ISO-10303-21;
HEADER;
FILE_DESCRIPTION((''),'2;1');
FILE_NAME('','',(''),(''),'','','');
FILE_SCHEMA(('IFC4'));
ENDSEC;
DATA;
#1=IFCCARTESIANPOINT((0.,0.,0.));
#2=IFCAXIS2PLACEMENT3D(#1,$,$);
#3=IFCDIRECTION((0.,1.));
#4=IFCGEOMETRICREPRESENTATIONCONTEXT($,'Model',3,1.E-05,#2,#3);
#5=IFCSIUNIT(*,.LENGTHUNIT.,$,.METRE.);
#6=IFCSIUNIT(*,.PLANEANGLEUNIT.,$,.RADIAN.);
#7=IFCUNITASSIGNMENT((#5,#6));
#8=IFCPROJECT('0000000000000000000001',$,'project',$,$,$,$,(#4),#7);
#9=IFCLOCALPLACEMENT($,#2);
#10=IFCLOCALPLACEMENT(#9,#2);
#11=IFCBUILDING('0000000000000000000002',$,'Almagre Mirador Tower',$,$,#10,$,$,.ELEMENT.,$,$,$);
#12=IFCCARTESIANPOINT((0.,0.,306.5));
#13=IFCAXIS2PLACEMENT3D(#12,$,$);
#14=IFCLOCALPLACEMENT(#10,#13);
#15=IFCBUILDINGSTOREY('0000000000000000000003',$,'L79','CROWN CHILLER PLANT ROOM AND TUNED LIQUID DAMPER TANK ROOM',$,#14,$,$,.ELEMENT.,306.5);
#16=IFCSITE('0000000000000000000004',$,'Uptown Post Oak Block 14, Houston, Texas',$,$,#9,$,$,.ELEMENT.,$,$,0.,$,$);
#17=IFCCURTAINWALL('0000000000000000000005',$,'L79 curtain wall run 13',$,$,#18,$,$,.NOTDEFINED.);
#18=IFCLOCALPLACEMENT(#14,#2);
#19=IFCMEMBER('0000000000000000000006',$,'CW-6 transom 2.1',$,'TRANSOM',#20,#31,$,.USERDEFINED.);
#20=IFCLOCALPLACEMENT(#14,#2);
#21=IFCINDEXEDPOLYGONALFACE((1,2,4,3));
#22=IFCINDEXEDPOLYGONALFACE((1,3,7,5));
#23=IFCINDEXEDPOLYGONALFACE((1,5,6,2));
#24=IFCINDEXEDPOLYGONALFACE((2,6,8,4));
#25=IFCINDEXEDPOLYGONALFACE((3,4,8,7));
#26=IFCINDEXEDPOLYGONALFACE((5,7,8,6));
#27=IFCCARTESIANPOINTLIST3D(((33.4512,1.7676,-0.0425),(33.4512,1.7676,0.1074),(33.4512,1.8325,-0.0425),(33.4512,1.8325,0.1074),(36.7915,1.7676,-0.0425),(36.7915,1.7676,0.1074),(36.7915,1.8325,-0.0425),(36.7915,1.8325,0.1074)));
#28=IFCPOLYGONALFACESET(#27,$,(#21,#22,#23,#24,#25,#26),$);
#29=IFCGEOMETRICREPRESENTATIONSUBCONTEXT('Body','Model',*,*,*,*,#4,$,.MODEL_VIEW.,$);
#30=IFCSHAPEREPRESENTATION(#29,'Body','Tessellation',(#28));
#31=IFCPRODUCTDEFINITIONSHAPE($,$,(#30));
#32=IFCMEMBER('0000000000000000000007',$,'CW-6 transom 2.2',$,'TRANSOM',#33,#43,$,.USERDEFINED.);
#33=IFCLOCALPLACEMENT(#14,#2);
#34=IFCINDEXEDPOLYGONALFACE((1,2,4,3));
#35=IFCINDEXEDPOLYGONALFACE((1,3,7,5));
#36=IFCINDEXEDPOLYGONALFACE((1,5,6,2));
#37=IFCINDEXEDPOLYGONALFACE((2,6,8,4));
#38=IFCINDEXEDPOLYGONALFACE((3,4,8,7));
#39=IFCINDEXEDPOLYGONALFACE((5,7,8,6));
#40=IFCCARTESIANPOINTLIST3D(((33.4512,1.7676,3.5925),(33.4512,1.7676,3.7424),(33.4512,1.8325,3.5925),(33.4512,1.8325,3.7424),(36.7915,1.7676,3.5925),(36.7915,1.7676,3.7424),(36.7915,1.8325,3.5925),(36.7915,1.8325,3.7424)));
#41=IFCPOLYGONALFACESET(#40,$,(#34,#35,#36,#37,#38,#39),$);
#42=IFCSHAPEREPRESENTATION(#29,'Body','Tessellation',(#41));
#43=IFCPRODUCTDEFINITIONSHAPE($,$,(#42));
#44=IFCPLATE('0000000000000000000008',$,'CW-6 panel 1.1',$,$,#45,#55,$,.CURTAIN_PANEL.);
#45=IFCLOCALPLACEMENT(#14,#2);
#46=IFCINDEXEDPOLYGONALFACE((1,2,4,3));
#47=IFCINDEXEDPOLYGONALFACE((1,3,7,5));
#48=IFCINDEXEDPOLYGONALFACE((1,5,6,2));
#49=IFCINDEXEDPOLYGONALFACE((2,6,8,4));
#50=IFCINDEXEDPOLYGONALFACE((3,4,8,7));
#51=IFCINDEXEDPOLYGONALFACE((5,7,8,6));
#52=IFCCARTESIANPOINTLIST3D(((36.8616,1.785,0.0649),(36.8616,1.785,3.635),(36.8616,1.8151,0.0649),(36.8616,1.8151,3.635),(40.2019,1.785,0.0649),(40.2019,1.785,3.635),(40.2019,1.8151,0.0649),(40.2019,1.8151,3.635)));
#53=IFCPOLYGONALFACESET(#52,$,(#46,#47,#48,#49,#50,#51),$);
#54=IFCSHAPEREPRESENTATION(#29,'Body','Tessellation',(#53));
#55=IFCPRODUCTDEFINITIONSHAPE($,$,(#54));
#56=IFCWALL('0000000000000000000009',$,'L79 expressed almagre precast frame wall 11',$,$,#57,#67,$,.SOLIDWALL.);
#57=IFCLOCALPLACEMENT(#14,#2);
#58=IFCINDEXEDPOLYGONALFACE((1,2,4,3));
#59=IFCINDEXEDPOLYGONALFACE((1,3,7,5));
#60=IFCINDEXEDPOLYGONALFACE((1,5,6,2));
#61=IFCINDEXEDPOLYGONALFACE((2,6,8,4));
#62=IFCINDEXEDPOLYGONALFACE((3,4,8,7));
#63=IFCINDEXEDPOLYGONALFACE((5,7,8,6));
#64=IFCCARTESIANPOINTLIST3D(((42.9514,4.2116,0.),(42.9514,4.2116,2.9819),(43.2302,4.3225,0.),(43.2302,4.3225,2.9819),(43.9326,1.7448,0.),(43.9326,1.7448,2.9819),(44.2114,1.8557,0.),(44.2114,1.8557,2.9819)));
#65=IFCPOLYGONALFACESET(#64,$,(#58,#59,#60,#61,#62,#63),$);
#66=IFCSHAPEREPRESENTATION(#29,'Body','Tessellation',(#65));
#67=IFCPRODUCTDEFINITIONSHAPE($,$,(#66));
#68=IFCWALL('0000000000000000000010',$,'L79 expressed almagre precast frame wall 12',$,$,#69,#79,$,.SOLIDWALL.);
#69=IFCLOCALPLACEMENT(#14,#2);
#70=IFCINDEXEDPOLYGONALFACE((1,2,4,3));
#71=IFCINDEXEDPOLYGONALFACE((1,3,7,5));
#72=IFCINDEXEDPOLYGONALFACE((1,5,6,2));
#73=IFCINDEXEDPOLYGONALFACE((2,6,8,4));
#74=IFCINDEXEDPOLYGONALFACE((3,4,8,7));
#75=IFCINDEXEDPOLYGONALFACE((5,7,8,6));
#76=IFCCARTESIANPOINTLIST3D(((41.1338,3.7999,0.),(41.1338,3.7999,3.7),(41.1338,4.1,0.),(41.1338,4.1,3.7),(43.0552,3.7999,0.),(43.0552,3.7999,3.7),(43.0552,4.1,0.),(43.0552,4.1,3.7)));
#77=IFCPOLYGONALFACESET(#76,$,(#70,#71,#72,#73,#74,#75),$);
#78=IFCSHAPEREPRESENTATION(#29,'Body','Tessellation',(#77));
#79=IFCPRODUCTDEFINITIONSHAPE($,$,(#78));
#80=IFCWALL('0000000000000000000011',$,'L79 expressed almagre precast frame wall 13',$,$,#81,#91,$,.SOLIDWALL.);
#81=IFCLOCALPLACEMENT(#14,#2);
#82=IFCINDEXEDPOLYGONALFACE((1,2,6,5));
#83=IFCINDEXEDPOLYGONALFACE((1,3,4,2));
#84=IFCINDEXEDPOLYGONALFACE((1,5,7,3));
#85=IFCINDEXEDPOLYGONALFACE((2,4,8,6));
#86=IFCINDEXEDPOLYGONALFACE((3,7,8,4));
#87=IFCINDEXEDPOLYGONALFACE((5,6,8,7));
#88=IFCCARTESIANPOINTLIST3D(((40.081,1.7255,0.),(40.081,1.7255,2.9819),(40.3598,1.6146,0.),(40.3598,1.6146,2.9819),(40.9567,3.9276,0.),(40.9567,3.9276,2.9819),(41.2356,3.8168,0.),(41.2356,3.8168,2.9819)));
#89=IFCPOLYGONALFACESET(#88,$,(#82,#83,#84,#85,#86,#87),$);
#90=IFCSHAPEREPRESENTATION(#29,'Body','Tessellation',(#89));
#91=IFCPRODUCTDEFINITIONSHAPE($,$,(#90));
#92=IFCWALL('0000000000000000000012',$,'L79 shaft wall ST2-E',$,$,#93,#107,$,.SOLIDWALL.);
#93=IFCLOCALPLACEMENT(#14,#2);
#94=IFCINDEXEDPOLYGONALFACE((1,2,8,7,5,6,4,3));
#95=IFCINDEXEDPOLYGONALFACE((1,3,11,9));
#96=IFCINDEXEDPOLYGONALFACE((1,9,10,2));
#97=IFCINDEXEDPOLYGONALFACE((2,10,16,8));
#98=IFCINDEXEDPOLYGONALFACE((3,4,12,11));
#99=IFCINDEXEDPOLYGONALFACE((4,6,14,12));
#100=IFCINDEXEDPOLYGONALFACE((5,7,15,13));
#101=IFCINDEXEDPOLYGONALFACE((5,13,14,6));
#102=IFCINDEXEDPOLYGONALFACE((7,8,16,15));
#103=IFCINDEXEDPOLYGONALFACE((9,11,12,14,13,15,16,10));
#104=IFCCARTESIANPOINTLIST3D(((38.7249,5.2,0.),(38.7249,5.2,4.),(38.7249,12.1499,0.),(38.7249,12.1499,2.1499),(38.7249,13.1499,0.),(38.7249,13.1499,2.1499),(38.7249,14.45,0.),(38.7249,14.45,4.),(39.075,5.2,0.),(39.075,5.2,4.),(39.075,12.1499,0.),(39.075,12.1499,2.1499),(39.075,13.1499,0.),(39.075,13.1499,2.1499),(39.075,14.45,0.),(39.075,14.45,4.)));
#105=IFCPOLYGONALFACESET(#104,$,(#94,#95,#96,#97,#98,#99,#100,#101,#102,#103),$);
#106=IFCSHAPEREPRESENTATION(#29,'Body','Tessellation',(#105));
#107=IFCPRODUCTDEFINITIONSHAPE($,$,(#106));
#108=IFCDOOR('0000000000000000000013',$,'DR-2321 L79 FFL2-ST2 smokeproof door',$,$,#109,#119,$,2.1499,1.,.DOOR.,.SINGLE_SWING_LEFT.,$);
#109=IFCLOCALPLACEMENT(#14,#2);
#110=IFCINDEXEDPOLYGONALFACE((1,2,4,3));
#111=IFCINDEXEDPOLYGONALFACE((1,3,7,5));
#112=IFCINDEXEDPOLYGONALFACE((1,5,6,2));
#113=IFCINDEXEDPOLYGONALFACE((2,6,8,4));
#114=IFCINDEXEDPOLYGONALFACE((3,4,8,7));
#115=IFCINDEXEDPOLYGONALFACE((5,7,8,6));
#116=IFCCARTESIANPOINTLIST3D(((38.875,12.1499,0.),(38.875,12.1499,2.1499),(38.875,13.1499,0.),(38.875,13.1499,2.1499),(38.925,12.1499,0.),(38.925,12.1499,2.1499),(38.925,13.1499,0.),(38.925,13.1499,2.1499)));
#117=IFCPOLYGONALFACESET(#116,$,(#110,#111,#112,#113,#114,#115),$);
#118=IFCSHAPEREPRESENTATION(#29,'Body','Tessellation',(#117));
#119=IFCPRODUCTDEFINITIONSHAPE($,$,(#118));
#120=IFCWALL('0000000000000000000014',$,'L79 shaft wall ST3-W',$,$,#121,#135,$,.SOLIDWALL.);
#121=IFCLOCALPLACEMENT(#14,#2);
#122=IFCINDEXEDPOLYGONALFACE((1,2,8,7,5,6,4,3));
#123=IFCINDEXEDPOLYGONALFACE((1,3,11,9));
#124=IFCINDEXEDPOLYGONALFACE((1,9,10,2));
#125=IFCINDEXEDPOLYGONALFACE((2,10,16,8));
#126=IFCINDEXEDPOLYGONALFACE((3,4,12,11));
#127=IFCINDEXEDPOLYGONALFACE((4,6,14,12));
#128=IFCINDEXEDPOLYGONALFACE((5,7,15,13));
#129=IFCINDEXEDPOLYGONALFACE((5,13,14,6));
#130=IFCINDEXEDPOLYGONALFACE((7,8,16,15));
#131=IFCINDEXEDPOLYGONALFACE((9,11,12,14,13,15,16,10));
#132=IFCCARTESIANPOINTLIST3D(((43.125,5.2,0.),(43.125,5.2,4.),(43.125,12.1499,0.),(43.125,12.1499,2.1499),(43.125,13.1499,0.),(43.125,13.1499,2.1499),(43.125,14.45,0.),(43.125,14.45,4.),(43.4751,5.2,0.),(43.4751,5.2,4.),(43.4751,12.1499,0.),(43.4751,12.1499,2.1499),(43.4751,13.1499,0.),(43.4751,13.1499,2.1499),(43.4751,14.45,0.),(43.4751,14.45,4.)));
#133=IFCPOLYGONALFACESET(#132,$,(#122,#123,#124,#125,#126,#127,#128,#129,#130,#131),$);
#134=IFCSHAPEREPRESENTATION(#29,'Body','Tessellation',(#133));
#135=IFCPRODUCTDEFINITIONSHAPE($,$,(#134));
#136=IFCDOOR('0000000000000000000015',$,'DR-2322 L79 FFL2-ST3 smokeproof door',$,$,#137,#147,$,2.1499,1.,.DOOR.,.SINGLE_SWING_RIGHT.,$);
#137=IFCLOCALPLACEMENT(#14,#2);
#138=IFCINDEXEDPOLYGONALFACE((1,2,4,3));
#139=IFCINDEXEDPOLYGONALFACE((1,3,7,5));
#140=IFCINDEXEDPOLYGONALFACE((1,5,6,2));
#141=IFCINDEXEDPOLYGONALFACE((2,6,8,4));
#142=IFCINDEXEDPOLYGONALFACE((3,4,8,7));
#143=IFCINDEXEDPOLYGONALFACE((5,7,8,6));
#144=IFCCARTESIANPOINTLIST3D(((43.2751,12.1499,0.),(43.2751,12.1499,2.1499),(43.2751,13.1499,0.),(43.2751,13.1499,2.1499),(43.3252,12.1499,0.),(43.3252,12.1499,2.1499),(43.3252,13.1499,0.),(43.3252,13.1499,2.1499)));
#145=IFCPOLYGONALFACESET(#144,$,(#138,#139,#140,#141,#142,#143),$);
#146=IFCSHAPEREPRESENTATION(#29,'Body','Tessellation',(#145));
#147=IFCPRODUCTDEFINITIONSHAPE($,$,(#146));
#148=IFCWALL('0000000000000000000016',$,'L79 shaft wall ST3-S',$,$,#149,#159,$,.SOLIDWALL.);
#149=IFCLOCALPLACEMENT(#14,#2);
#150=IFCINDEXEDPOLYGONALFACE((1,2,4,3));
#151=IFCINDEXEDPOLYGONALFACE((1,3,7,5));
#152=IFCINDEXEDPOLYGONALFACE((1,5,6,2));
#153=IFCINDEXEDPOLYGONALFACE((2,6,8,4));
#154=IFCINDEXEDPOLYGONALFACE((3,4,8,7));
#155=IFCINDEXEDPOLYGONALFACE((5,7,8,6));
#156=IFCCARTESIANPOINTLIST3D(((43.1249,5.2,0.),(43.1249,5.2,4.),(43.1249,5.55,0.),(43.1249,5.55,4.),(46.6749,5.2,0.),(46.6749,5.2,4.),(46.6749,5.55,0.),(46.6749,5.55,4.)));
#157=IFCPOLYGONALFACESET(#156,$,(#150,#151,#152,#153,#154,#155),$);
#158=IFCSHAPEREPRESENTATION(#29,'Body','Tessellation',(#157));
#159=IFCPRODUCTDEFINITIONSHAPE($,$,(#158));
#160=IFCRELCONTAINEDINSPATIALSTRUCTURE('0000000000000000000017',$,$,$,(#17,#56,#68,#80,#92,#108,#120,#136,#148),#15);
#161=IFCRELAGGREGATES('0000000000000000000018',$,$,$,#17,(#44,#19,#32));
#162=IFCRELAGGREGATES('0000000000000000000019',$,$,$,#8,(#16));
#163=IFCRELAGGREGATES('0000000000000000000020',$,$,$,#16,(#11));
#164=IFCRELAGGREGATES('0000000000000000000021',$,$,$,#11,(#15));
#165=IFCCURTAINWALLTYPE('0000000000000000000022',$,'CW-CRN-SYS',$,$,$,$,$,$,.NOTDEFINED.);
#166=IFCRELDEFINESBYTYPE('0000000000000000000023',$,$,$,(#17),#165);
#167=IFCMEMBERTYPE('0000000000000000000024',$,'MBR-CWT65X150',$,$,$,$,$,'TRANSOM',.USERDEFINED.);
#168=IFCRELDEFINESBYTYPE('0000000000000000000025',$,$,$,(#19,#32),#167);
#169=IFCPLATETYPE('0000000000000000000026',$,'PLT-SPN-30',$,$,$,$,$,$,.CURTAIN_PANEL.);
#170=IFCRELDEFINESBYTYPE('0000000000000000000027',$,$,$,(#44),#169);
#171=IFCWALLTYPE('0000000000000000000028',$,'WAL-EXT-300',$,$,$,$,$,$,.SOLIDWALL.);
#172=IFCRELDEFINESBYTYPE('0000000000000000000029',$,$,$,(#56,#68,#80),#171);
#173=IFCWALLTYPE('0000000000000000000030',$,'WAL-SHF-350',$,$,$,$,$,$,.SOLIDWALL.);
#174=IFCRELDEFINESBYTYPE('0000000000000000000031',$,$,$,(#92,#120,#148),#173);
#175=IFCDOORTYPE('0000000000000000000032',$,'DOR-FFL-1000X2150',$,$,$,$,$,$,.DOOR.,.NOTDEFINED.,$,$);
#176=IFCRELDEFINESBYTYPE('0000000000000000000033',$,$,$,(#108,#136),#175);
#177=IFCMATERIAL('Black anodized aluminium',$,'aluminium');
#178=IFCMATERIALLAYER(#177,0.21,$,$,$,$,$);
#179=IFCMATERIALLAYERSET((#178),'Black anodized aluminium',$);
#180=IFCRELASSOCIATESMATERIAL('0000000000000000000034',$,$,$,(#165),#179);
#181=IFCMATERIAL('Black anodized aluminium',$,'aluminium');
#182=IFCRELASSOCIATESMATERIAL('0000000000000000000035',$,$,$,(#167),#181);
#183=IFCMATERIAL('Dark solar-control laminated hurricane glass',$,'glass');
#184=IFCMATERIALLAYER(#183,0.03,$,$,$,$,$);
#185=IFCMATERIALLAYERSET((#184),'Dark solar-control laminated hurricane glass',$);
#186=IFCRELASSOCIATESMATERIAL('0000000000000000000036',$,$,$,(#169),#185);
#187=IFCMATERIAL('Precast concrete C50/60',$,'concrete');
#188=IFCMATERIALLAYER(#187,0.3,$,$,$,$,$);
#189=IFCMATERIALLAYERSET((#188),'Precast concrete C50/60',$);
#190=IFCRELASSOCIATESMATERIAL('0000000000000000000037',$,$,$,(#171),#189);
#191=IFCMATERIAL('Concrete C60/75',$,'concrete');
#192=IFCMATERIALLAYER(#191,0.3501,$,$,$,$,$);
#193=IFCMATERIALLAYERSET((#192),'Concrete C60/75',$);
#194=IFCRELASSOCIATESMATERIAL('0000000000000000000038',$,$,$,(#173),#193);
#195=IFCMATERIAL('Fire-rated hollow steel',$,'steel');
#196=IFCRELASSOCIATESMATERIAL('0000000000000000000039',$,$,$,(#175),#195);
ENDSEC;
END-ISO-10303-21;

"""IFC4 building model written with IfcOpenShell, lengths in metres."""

from ifc_helpers import new_model, si_unit, direction, frame, frame_2d, origin, origin_2d, place, context, subcontext, project, spatial, rectangle, extrude, material, layer, layer_set, material_profile, profile_set, type_object, element, fill, aggregate, save


model = new_model("IFC4")

# Units and contexts
model_context = context("Model", 3, precision=1e-05, world=origin(), true_north=direction((0.0, 1.0)))
body_context = subcontext(model_context, "Body", "Model", "MODEL_VIEW")
ifc_project = project(units=[si_unit("LENGTHUNIT", "METRE"), si_unit("PLANEANGLEUNIT", "RADIAN")], contexts=[model_context])

# Site, building, storey
site_placement = place(None, origin())
site = spatial("IfcSite", under=ifc_project, at=site_placement, Name="Uptown Post Oak Block 14, Houston, Texas", CompositionType="ELEMENT", RefElevation=0.0)
building_placement = place(site_placement, origin())
building = spatial("IfcBuilding", under=site, at=building_placement, Name="Almagre Mirador Tower", CompositionType="ELEMENT")
storey_placement = place(building_placement, frame((0.0, 0.0, 306.5)))
storey = spatial("IfcBuildingStorey", under=building, at=storey_placement, Name="L79", Description="CROWN CHILLER PLANT ROOM AND TUNED LIQUID DAMPER TANK ROOM", CompositionType="ELEMENT", Elevation=306.5)

# Shared definitions
ifc_material_1 = material(Name="Black anodized aluminium", Category="aluminium")
ifc_layer_1 = layer(ifc_material_1, 0.21)
ifc_layer_set_1 = layer_set([ifc_layer_1], Name="Black anodized aluminium")
curtain_wall_type = type_object("IfcCurtainWallType", Name="CW-CRN-SYS", PredefinedType="NOTDEFINED", material=ifc_layer_set_1)

# Curtain wall, members, plate
curtain_wall_1_placement = place(storey_placement, origin())
curtain_wall_1 = element("IfcCurtainWall", 1, at=curtain_wall_1_placement, inside=storey, type_object=curtain_wall_type, Name="L79 curtain wall run 13", PredefinedType="NOTDEFINED")
ifc_material_2 = material(Name="Black anodized aluminium", Category="aluminium")
ifc_material_profile_1 = material_profile(ifc_material_2, rectangle(XDim=0.0649, YDim=0.1499, at=origin_2d()), Name="CWT65X150")
ifc_profile_set_1 = profile_set([ifc_material_profile_1], Name="Black anodized aluminium")
member_type_1 = type_object("IfcMemberType", Name="MBR-CWT65X150", ElementType="TRANSOM", PredefinedType="USERDEFINED", material=ifc_profile_set_1)
member_1_placement = place(storey_placement, frame((36.7915, 1.8, 0.0325), z_axis=(-1.0, 0.0, 0.0), x_axis=(0.0, -1.0, 0.0)))
member_1 = element("IfcMember", 2, at=member_1_placement, type_object=member_type_1, Name="CW-6 transom 2.1", ObjectType="TRANSOM", PredefinedType="USERDEFINED", context=body_context, shape_type="SweptSolid", body=[
    extrude(rectangle(XDim=0.0649, YDim=0.1499, at=origin_2d()), origin(), (0.0, 0.0, 1.0), 3.3403),
])
member_2_placement = place(storey_placement, frame((36.7915, 1.8, 3.6675), z_axis=(-1.0, 0.0, 0.0), x_axis=(0.0, -1.0, 0.0)))
member_2 = element("IfcMember", 3, at=member_2_placement, type_object=member_type_1, Name="CW-6 transom 2.2", ObjectType="TRANSOM", PredefinedType="USERDEFINED", context=body_context, shape_type="SweptSolid", body=[
    extrude(rectangle(XDim=0.0649, YDim=0.1499, at=origin_2d()), origin(), (0.0, 0.0, 1.0), 3.3403),
])
ifc_material_3 = material(Name="Dark solar-control laminated hurricane glass", Category="glass")
ifc_layer_2 = layer(ifc_material_3, 0.03)
ifc_layer_set_2 = layer_set([ifc_layer_2], Name="Dark solar-control laminated hurricane glass")
plate_type = type_object("IfcPlateType", Name="PLT-SPN-30", PredefinedType="CURTAIN_PANEL", material=ifc_layer_set_2)
plate_placement = place(storey_placement, frame((38.5317, 1.8, 0.0649), z_axis=(0.0, 0.0, 1.0), x_axis=(-1.0, 0.0, 0.0)))
plate = element("IfcPlate", 4, at=plate_placement, type_object=plate_type, Name="CW-6 panel 1.1", PredefinedType="CURTAIN_PANEL", context=body_context, shape_type="SweptSolid", body=[
    extrude(rectangle(XDim=3.3403, YDim=0.03, at=origin_2d()), origin(), (0.0, 0.0, 1.0), 3.5701),
])
aggregate(curtain_wall_1, [plate, member_1, member_2])

# Walls
ifc_material_4 = material(Name="Precast concrete C50/60", Category="concrete")
ifc_layer_3 = layer(ifc_material_4, 0.3)
ifc_layer_set_3 = layer_set([ifc_layer_3], Name="Precast concrete C50/60")
wall_type_1 = type_object("IfcWallType", Name="WAL-EXT-300", PredefinedType="SOLIDWALL", material=ifc_layer_set_3)
wall_1_placement = place(storey_placement, frame((44.072, 1.8003, 0.0), z_axis=(0.0, 0.0, 1.0), x_axis=(-0.369598, 0.929192, 0.0)))
element("IfcWall", 5, at=wall_1_placement, inside=storey, type_object=wall_type_1, Name="L79 expressed almagre precast frame wall 11", PredefinedType="SOLIDWALL", context=body_context, shape_type="SweptSolid", body=[
    extrude(rectangle(XDim=2.6548, YDim=0.3, at=frame_2d((1.3274, 0.0))), origin(), (0.0, 0.0, 1.0), 2.9819),
])
wall_2_placement = place(storey_placement, frame((43.0552, 3.95, 0.0), z_axis=(0.0, 0.0, 1.0), x_axis=(-1.0, 0.0, 0.0)))
element("IfcWall", 6, at=wall_2_placement, inside=storey, type_object=wall_type_1, Name="L79 expressed almagre precast frame wall 12", PredefinedType="SOLIDWALL", context=body_context, shape_type="SweptSolid", body=[
    extrude(rectangle(XDim=1.9214, YDim=0.3, at=frame_2d((0.9607, 0.0))), origin(), (0.0, 0.0, 1.0), 3.7),
])
wall_3_placement = place(storey_placement, frame((41.0962, 3.8723, 0.0), z_axis=(0.0, 0.0, 1.0), x_axis=(-0.369525, -0.929221, 0.0)))
element("IfcWall", 7, at=wall_3_placement, inside=storey, type_object=wall_type_1, Name="L79 expressed almagre precast frame wall 13", PredefinedType="SOLIDWALL", context=body_context, shape_type="SweptSolid", body=[
    extrude(rectangle(XDim=2.3699, YDim=0.3, at=frame_2d((1.1851, 0.0))), origin(), (0.0, 0.0, 1.0), 2.9819),
])

# Walls, openings, doors
ifc_material_5 = material(Name="Concrete C60/75", Category="concrete")
ifc_layer_4 = layer(ifc_material_5, 0.3501)
ifc_layer_set_4 = layer_set([ifc_layer_4], Name="Concrete C60/75")
wall_type_2 = type_object("IfcWallType", Name="WAL-SHF-350", PredefinedType="SOLIDWALL", material=ifc_layer_set_4)
wall_4_placement = place(storey_placement, frame((38.8999, 5.2, 0.0), z_axis=(0.0, 0.0, 1.0), x_axis=(0.0, 1.0, 0.0)))
wall_4 = element("IfcWall", 8, at=wall_4_placement, inside=storey, type_object=wall_type_2, Name="L79 shaft wall ST2-E", PredefinedType="SOLIDWALL", context=body_context, shape_type="SweptSolid", body=[
    extrude(rectangle(XDim=9.25, YDim=0.3501, at=frame_2d((4.625, 0.0))), origin(), (0.0, 0.0, 1.0), 4.0),
])
opening_1_placement = place(wall_4_placement, frame((6.95, 0.0, 0.0)))
opening_1 = element("IfcOpeningElement", 9, at=opening_1_placement, cuts=wall_4, PredefinedType="OPENING", context=body_context, shape_type="SweptSolid", body=[
    extrude(rectangle(XDim=1.0, YDim=2.1499, at=frame_2d((0.5, 1.075))), frame((0.0, 0.185, 0.0), z_axis=(0.0, -1.0, 0.0), x_axis=(1.0, 0.0, 0.0)), (0.0, 0.0, 1.0), 0.3701),
])
ifc_material_6 = material(Name="Fire-rated hollow steel", Category="steel")
door_type_1 = type_object("IfcDoorType", Name="DOR-FFL-1000X2150", OperationType="NOTDEFINED", PredefinedType="DOOR", material=ifc_material_6)
door_1_placement = place(opening_1_placement, origin())
door_1 = element("IfcDoor", 10, at=door_1_placement, inside=storey, type_object=door_type_1, Name="DR-2321 L79 FFL2-ST2 smokeproof door", OperationType="SINGLE_SWING_LEFT", OverallHeight=2.1499, OverallWidth=1.0, PredefinedType="DOOR", context=body_context, shape_type="SweptSolid", body=[
    extrude(rectangle(XDim=1.0, YDim=2.1499, at=frame_2d((0.5, 1.075))), frame((0.0, 0.0249, 0.0), z_axis=(0.0, -1.0, 0.0), x_axis=(1.0, 0.0, 0.0)), (0.0, 0.0, 1.0), 0.05),
])
fill(opening_1, door_1)
wall_5_placement = place(storey_placement, frame((43.3, 5.2, 0.0), z_axis=(0.0, 0.0, 1.0), x_axis=(0.0, 1.0, 0.0)))
wall_5 = element("IfcWall", 11, at=wall_5_placement, inside=storey, type_object=wall_type_2, Name="L79 shaft wall ST3-W", PredefinedType="SOLIDWALL", context=body_context, shape_type="SweptSolid", body=[
    extrude(rectangle(XDim=9.25, YDim=0.3501, at=frame_2d((4.625, 0.0))), origin(), (0.0, 0.0, 1.0), 4.0),
])
opening_2_placement = place(wall_5_placement, frame((6.95, 0.0, 0.0)))
opening_2 = element("IfcOpeningElement", 12, at=opening_2_placement, cuts=wall_5, PredefinedType="OPENING", context=body_context, shape_type="SweptSolid", body=[
    extrude(rectangle(XDim=1.0, YDim=2.1499, at=frame_2d((0.5, 1.075))), frame((0.0, 0.185, 0.0), z_axis=(0.0, -1.0, 0.0), x_axis=(1.0, 0.0, 0.0)), (0.0, 0.0, 1.0), 0.3701),
])
door_2_placement = place(opening_2_placement, origin())
door_2 = element("IfcDoor", 13, at=door_2_placement, inside=storey, type_object=door_type_1, Name="DR-2322 L79 FFL2-ST3 smokeproof door", OperationType="SINGLE_SWING_RIGHT", OverallHeight=2.1499, OverallWidth=1.0, PredefinedType="DOOR", context=body_context, shape_type="SweptSolid", body=[
    extrude(rectangle(XDim=1.0, YDim=2.1499, at=frame_2d((0.5, 1.075))), frame((0.0, 0.0249, 0.0), z_axis=(0.0, -1.0, 0.0), x_axis=(1.0, 0.0, 0.0)), (0.0, 0.0, 1.0), 0.05),
])
fill(opening_2, door_2)

# Wall
wall_6_placement = place(storey_placement, frame((43.125, 5.375, 0.0), z_axis=(0.0, 0.0, 1.0), x_axis=(1.0, 0.0, 0.0)))
element("IfcWall", 14, at=wall_6_placement, inside=storey, type_object=wall_type_2, Name="L79 shaft wall ST3-S", PredefinedType="SOLIDWALL", context=body_context, shape_type="SweptSolid", body=[
    extrude(rectangle(XDim=3.55, YDim=0.3501, at=frame_2d((1.7749, 0.0))), origin(), (0.0, 0.0, 1.0), 4.0),
])

save(model, "model.ifc")
